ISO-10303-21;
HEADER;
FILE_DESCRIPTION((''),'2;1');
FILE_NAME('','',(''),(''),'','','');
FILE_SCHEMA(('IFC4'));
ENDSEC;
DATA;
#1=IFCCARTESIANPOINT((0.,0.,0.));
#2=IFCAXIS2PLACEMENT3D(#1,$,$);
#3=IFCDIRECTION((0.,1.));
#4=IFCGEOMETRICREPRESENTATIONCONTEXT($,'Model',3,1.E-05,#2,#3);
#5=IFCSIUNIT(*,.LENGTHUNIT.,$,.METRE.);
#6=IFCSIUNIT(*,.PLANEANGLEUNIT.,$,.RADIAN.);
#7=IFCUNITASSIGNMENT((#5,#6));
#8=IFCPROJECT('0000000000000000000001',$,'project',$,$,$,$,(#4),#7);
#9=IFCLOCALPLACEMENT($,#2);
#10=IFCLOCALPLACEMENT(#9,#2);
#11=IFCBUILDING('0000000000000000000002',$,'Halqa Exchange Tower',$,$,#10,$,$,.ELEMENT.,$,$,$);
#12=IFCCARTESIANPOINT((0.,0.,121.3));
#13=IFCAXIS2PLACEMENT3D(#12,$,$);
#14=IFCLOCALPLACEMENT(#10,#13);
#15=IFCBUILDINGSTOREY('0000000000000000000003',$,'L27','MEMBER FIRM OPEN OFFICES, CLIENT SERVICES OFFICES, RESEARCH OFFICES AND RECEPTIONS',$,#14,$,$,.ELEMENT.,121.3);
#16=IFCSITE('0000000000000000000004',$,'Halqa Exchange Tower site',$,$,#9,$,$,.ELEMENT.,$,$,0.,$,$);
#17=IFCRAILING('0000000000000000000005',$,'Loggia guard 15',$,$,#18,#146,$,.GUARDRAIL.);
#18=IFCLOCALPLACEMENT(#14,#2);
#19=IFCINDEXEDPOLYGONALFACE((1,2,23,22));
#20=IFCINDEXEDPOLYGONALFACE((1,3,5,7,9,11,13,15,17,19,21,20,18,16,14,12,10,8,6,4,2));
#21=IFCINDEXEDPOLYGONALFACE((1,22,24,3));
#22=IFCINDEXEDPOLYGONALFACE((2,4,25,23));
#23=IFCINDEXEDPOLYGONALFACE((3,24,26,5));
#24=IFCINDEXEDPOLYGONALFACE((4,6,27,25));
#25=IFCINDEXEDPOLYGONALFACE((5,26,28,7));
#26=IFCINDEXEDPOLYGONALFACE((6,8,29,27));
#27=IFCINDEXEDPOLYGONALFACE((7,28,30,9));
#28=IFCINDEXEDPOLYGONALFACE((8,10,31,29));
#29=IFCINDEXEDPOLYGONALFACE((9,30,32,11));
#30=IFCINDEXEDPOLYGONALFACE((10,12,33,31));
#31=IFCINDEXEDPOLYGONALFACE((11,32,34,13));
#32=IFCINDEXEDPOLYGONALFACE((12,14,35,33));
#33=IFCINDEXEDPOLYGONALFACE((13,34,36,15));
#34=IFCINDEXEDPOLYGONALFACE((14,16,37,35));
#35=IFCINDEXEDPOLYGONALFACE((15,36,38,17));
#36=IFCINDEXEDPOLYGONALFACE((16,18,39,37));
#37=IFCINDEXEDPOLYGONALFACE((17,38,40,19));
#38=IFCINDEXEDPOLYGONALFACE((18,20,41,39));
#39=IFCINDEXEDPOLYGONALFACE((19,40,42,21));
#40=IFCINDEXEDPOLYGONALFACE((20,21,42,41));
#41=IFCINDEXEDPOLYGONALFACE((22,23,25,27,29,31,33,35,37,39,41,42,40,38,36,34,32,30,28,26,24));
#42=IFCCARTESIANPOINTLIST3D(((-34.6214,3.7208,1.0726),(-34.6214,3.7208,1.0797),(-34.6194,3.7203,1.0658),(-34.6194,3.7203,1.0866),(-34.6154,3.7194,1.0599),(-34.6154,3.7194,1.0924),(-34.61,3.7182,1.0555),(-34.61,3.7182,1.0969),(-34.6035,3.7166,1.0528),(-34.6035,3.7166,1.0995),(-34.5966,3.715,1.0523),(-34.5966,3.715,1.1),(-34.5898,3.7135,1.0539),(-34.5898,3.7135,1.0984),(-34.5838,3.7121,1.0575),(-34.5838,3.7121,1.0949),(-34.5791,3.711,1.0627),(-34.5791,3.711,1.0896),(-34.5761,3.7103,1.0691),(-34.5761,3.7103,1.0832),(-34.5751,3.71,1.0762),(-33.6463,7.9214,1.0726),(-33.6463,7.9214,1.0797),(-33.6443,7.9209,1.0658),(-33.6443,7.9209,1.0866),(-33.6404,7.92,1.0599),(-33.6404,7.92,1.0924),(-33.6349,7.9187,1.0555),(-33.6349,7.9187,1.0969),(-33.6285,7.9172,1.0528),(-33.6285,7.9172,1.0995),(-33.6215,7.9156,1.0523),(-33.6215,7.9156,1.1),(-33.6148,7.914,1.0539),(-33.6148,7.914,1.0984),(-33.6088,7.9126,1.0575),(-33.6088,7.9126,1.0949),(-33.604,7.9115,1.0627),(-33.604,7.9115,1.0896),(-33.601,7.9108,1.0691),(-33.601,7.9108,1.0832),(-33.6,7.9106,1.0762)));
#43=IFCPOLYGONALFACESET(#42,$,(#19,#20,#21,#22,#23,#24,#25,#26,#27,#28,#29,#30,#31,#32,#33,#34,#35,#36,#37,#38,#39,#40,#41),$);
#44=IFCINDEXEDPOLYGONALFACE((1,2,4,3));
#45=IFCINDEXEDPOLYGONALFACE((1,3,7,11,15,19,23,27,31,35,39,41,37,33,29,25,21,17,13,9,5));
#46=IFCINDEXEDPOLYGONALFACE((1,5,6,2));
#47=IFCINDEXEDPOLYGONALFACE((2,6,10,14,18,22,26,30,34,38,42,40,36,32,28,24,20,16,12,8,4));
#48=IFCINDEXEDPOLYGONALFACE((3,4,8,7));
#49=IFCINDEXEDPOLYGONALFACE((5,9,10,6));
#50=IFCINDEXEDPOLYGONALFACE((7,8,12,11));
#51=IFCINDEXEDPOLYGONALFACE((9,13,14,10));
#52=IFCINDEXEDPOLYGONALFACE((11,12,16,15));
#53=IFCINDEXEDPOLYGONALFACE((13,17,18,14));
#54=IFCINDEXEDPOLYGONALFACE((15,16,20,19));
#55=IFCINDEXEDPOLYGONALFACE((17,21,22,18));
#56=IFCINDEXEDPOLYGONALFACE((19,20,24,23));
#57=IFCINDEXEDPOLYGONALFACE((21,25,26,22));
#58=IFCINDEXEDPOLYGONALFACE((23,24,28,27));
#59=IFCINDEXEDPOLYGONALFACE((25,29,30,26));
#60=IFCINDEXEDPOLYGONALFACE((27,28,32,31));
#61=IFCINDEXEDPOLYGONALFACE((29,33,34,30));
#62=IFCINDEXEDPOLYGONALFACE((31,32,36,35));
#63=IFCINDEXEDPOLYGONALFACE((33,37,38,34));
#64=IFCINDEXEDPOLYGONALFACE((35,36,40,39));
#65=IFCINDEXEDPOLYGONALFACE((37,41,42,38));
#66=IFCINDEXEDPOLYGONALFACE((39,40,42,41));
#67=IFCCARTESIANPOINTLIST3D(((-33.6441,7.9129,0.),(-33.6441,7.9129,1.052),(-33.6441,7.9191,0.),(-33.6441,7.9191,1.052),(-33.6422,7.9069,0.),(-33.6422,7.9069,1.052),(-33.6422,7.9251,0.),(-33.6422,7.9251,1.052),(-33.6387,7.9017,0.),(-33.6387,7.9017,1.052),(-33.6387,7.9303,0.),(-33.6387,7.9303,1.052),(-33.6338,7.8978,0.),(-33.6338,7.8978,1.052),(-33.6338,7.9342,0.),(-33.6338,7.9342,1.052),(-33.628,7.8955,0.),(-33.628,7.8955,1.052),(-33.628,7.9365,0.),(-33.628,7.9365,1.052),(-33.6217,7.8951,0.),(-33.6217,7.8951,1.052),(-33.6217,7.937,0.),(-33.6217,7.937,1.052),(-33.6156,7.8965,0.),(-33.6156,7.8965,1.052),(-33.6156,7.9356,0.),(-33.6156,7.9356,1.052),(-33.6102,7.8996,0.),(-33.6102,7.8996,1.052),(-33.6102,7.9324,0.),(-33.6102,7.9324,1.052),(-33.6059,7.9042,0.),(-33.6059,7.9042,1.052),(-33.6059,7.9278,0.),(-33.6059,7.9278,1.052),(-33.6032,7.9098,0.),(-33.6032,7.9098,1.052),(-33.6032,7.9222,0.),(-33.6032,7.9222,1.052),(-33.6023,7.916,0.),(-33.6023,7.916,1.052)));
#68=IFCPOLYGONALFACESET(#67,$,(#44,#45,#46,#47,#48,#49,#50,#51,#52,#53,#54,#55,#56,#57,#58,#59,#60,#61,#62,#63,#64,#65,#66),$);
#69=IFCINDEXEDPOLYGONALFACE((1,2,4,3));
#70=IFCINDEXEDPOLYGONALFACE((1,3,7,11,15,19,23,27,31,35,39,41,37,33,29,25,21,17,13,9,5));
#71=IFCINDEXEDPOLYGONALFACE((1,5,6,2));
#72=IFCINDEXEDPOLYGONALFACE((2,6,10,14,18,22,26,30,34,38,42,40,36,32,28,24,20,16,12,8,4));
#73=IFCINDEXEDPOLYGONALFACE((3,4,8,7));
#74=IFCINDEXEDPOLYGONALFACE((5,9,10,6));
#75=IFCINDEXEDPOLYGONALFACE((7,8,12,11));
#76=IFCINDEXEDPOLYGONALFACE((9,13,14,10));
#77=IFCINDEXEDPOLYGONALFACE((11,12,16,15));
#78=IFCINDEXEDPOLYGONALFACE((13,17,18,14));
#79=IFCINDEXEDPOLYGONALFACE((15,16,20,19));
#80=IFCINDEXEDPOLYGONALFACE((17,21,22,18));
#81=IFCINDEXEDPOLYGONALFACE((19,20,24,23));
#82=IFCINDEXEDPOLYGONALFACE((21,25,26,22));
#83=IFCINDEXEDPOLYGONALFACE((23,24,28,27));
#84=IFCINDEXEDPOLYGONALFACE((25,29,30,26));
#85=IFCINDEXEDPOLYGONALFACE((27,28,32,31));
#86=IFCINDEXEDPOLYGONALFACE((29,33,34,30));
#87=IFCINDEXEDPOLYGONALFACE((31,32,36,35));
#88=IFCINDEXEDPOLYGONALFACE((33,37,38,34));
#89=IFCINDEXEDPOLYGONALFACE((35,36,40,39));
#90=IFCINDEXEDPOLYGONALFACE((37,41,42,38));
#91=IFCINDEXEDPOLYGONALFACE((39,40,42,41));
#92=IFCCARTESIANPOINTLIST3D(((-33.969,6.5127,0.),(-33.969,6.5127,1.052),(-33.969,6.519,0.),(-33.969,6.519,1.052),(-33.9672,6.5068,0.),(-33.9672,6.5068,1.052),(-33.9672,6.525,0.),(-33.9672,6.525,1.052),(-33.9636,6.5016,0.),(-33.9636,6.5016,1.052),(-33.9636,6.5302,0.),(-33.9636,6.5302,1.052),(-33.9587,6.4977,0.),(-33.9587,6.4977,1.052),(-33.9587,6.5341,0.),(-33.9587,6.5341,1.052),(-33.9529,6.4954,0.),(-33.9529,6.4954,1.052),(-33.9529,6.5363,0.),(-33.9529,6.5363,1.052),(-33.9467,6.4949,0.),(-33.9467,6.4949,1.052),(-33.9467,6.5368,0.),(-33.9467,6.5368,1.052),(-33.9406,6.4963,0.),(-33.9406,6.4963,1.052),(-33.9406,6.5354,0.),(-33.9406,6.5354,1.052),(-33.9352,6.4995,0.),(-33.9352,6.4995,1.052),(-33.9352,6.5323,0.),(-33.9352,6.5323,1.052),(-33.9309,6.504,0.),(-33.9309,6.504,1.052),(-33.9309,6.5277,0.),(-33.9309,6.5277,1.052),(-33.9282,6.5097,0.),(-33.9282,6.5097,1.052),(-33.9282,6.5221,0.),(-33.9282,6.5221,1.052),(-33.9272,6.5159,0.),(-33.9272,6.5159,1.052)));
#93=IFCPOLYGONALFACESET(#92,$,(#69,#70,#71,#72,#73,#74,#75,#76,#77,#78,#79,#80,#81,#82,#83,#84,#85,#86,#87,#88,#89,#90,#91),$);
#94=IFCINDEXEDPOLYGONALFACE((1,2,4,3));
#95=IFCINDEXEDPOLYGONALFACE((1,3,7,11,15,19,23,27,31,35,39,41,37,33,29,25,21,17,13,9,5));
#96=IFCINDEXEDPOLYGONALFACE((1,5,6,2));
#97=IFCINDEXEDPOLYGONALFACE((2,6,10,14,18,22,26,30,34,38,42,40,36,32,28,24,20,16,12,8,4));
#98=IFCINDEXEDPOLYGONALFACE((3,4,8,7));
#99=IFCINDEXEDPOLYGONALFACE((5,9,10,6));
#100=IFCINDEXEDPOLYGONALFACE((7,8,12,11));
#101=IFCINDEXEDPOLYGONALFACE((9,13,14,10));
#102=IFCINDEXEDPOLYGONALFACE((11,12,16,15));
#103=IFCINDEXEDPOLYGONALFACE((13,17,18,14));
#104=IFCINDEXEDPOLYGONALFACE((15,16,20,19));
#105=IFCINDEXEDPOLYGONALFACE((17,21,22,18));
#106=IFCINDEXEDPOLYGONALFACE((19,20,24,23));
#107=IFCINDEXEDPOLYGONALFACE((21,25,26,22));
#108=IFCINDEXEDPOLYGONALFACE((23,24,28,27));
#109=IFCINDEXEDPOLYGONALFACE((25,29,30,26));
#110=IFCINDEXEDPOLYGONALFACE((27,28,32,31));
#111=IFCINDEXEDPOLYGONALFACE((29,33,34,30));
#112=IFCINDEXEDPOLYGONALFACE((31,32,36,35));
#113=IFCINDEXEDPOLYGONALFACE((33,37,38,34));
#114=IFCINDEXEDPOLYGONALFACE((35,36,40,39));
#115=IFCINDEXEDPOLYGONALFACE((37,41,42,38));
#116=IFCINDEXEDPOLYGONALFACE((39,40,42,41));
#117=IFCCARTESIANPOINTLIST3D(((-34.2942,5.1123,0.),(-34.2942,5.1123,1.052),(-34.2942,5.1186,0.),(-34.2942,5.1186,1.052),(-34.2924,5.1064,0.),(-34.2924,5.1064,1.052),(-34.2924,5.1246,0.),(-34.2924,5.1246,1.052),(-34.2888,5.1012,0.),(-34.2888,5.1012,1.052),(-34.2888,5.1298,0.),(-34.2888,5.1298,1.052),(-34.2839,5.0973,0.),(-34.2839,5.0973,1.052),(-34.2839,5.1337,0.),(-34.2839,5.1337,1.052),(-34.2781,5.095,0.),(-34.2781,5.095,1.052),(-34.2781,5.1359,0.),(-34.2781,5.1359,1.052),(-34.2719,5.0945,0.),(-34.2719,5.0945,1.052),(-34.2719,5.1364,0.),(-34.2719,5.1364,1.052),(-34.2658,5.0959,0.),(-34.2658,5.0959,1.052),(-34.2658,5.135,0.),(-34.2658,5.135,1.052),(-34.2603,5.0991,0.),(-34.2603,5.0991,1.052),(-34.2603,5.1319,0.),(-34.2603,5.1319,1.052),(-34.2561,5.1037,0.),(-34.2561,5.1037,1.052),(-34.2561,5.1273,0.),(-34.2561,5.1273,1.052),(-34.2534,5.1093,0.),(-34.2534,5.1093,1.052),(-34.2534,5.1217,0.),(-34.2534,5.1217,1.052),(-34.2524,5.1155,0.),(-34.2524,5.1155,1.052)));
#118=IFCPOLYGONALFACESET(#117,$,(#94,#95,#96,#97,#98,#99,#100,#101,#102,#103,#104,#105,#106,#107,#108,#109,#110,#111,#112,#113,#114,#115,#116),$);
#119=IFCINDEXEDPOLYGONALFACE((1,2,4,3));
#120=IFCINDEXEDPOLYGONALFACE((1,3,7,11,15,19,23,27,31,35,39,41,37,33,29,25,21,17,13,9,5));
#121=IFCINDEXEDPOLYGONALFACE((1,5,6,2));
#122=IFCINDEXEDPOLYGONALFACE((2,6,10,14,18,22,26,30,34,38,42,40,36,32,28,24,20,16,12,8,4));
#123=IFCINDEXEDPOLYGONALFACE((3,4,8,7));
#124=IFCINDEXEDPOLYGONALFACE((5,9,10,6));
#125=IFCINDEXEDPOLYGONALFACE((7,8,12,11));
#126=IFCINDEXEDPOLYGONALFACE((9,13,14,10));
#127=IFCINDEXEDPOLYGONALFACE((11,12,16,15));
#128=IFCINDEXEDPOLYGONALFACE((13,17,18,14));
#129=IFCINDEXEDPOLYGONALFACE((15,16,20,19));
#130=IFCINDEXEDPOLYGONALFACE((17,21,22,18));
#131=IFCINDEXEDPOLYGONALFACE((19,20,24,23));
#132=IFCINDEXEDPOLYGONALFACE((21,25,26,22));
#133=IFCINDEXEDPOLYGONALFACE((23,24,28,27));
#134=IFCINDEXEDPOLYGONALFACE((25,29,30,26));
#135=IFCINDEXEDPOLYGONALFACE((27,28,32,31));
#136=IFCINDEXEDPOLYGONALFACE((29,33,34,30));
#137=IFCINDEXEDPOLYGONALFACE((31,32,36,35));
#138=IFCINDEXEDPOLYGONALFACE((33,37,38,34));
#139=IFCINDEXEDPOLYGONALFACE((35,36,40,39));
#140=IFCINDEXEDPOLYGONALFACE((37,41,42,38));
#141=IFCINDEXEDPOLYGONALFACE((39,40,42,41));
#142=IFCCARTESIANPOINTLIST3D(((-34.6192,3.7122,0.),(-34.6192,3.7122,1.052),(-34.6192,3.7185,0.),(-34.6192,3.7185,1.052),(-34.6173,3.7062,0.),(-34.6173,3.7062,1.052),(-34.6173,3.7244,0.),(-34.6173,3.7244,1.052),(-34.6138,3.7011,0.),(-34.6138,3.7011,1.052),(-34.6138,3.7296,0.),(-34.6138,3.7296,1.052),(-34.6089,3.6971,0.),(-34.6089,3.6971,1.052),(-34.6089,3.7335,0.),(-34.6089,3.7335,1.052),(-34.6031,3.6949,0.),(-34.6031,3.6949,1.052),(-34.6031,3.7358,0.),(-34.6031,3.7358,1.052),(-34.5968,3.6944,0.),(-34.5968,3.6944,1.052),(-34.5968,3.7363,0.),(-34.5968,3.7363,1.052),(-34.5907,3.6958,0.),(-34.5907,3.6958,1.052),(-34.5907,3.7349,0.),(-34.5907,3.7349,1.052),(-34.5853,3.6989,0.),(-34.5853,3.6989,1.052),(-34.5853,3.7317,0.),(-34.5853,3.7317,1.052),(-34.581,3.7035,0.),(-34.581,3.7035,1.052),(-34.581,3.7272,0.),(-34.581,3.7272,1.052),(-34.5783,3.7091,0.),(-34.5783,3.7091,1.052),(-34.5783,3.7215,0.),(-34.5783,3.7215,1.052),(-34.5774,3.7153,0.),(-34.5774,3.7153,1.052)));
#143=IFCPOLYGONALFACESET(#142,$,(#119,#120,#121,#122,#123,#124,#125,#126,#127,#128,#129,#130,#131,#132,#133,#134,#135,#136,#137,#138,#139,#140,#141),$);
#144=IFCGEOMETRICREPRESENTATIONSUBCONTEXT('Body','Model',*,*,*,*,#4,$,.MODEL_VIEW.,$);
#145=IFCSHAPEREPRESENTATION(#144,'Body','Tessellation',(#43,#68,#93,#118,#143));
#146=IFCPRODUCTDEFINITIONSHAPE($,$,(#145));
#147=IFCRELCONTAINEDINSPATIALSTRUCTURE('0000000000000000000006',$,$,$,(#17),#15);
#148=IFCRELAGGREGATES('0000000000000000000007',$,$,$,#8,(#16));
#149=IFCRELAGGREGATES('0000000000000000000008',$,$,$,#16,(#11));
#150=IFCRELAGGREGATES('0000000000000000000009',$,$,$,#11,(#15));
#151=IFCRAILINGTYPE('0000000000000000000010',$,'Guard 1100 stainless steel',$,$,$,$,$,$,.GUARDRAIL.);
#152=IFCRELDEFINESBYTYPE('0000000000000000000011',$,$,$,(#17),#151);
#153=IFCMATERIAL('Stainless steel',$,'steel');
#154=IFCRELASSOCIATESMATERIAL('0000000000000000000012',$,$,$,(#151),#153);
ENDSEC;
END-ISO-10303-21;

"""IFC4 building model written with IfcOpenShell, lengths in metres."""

from ifc_helpers import new_model, si_unit, direction, frame, origin, origin_2d, place, context, subcontext, project, spatial, circle, extrude, material, type_object, element, save


model = new_model("IFC4")

# Units and contexts
model_context = context("Model", 3, precision=1e-05, world=origin(), true_north=direction((0.0, 1.0)))
body_context = subcontext(model_context, "Body", "Model", "MODEL_VIEW")
ifc_project = project(units=[si_unit("LENGTHUNIT", "METRE"), si_unit("PLANEANGLEUNIT", "RADIAN")], contexts=[model_context])

# Site, building, storey
site_placement = place(None, origin())
site = spatial("IfcSite", under=ifc_project, at=site_placement, Name="Halqa Exchange Tower site", CompositionType="ELEMENT", RefElevation=0.0)
building_placement = place(site_placement, origin())
building = spatial("IfcBuilding", under=site, at=building_placement, Name="Halqa Exchange Tower", CompositionType="ELEMENT")
storey_placement = place(building_placement, frame((0.0, 0.0, 121.3)))
storey = spatial("IfcBuildingStorey", under=building, at=storey_placement, Name="L27", Description="MEMBER FIRM OPEN OFFICES, CLIENT SERVICES OFFICES, RESEARCH OFFICES AND RECEPTIONS", CompositionType="ELEMENT", Elevation=121.3)

# Railing
ifc_material_1 = material(Name="Stainless steel", Category="steel")
railing_type = type_object("IfcRailingType", Name="Guard 1100 stainless steel", PredefinedType="GUARDRAIL", material=ifc_material_1)
railing_1_placement = place(storey_placement, frame((-33.6233, 7.916, 0.0)))
element("IfcRailing", 1, at=railing_1_placement, inside=storey, type_object=railing_type, Name="Loggia guard 15", PredefinedType="GUARDRAIL", context=body_context, shape_type="SweptSolid", body=[
    extrude(circle(Radius=0.0239, at=origin_2d()), frame((0.0, 0.0, 1.0762), z_axis=(-0.226116, -0.9741, 0.0), x_axis=(0.9741, -0.226116, 0.0)), (0.0, 0.0, 1.0), 4.3123),
    extrude(circle(Radius=0.021, at=origin_2d()), origin(), (0.0, 0.0, 1.0), 1.052),
    extrude(circle(Radius=0.021, at=origin_2d()), frame((-0.325, -1.4001, 0.0)), (0.0, 0.0, 1.0), 1.052),
    extrude(circle(Radius=0.021, at=origin_2d()), frame((-0.6501, -2.8005, 0.0)), (0.0, 0.0, 1.0), 1.052),
    extrude(circle(Radius=0.021, at=origin_2d()), frame((-0.9751, -4.2007, 0.0)), (0.0, 0.0, 1.0), 1.052),
])

save(model, "model.ifc")
